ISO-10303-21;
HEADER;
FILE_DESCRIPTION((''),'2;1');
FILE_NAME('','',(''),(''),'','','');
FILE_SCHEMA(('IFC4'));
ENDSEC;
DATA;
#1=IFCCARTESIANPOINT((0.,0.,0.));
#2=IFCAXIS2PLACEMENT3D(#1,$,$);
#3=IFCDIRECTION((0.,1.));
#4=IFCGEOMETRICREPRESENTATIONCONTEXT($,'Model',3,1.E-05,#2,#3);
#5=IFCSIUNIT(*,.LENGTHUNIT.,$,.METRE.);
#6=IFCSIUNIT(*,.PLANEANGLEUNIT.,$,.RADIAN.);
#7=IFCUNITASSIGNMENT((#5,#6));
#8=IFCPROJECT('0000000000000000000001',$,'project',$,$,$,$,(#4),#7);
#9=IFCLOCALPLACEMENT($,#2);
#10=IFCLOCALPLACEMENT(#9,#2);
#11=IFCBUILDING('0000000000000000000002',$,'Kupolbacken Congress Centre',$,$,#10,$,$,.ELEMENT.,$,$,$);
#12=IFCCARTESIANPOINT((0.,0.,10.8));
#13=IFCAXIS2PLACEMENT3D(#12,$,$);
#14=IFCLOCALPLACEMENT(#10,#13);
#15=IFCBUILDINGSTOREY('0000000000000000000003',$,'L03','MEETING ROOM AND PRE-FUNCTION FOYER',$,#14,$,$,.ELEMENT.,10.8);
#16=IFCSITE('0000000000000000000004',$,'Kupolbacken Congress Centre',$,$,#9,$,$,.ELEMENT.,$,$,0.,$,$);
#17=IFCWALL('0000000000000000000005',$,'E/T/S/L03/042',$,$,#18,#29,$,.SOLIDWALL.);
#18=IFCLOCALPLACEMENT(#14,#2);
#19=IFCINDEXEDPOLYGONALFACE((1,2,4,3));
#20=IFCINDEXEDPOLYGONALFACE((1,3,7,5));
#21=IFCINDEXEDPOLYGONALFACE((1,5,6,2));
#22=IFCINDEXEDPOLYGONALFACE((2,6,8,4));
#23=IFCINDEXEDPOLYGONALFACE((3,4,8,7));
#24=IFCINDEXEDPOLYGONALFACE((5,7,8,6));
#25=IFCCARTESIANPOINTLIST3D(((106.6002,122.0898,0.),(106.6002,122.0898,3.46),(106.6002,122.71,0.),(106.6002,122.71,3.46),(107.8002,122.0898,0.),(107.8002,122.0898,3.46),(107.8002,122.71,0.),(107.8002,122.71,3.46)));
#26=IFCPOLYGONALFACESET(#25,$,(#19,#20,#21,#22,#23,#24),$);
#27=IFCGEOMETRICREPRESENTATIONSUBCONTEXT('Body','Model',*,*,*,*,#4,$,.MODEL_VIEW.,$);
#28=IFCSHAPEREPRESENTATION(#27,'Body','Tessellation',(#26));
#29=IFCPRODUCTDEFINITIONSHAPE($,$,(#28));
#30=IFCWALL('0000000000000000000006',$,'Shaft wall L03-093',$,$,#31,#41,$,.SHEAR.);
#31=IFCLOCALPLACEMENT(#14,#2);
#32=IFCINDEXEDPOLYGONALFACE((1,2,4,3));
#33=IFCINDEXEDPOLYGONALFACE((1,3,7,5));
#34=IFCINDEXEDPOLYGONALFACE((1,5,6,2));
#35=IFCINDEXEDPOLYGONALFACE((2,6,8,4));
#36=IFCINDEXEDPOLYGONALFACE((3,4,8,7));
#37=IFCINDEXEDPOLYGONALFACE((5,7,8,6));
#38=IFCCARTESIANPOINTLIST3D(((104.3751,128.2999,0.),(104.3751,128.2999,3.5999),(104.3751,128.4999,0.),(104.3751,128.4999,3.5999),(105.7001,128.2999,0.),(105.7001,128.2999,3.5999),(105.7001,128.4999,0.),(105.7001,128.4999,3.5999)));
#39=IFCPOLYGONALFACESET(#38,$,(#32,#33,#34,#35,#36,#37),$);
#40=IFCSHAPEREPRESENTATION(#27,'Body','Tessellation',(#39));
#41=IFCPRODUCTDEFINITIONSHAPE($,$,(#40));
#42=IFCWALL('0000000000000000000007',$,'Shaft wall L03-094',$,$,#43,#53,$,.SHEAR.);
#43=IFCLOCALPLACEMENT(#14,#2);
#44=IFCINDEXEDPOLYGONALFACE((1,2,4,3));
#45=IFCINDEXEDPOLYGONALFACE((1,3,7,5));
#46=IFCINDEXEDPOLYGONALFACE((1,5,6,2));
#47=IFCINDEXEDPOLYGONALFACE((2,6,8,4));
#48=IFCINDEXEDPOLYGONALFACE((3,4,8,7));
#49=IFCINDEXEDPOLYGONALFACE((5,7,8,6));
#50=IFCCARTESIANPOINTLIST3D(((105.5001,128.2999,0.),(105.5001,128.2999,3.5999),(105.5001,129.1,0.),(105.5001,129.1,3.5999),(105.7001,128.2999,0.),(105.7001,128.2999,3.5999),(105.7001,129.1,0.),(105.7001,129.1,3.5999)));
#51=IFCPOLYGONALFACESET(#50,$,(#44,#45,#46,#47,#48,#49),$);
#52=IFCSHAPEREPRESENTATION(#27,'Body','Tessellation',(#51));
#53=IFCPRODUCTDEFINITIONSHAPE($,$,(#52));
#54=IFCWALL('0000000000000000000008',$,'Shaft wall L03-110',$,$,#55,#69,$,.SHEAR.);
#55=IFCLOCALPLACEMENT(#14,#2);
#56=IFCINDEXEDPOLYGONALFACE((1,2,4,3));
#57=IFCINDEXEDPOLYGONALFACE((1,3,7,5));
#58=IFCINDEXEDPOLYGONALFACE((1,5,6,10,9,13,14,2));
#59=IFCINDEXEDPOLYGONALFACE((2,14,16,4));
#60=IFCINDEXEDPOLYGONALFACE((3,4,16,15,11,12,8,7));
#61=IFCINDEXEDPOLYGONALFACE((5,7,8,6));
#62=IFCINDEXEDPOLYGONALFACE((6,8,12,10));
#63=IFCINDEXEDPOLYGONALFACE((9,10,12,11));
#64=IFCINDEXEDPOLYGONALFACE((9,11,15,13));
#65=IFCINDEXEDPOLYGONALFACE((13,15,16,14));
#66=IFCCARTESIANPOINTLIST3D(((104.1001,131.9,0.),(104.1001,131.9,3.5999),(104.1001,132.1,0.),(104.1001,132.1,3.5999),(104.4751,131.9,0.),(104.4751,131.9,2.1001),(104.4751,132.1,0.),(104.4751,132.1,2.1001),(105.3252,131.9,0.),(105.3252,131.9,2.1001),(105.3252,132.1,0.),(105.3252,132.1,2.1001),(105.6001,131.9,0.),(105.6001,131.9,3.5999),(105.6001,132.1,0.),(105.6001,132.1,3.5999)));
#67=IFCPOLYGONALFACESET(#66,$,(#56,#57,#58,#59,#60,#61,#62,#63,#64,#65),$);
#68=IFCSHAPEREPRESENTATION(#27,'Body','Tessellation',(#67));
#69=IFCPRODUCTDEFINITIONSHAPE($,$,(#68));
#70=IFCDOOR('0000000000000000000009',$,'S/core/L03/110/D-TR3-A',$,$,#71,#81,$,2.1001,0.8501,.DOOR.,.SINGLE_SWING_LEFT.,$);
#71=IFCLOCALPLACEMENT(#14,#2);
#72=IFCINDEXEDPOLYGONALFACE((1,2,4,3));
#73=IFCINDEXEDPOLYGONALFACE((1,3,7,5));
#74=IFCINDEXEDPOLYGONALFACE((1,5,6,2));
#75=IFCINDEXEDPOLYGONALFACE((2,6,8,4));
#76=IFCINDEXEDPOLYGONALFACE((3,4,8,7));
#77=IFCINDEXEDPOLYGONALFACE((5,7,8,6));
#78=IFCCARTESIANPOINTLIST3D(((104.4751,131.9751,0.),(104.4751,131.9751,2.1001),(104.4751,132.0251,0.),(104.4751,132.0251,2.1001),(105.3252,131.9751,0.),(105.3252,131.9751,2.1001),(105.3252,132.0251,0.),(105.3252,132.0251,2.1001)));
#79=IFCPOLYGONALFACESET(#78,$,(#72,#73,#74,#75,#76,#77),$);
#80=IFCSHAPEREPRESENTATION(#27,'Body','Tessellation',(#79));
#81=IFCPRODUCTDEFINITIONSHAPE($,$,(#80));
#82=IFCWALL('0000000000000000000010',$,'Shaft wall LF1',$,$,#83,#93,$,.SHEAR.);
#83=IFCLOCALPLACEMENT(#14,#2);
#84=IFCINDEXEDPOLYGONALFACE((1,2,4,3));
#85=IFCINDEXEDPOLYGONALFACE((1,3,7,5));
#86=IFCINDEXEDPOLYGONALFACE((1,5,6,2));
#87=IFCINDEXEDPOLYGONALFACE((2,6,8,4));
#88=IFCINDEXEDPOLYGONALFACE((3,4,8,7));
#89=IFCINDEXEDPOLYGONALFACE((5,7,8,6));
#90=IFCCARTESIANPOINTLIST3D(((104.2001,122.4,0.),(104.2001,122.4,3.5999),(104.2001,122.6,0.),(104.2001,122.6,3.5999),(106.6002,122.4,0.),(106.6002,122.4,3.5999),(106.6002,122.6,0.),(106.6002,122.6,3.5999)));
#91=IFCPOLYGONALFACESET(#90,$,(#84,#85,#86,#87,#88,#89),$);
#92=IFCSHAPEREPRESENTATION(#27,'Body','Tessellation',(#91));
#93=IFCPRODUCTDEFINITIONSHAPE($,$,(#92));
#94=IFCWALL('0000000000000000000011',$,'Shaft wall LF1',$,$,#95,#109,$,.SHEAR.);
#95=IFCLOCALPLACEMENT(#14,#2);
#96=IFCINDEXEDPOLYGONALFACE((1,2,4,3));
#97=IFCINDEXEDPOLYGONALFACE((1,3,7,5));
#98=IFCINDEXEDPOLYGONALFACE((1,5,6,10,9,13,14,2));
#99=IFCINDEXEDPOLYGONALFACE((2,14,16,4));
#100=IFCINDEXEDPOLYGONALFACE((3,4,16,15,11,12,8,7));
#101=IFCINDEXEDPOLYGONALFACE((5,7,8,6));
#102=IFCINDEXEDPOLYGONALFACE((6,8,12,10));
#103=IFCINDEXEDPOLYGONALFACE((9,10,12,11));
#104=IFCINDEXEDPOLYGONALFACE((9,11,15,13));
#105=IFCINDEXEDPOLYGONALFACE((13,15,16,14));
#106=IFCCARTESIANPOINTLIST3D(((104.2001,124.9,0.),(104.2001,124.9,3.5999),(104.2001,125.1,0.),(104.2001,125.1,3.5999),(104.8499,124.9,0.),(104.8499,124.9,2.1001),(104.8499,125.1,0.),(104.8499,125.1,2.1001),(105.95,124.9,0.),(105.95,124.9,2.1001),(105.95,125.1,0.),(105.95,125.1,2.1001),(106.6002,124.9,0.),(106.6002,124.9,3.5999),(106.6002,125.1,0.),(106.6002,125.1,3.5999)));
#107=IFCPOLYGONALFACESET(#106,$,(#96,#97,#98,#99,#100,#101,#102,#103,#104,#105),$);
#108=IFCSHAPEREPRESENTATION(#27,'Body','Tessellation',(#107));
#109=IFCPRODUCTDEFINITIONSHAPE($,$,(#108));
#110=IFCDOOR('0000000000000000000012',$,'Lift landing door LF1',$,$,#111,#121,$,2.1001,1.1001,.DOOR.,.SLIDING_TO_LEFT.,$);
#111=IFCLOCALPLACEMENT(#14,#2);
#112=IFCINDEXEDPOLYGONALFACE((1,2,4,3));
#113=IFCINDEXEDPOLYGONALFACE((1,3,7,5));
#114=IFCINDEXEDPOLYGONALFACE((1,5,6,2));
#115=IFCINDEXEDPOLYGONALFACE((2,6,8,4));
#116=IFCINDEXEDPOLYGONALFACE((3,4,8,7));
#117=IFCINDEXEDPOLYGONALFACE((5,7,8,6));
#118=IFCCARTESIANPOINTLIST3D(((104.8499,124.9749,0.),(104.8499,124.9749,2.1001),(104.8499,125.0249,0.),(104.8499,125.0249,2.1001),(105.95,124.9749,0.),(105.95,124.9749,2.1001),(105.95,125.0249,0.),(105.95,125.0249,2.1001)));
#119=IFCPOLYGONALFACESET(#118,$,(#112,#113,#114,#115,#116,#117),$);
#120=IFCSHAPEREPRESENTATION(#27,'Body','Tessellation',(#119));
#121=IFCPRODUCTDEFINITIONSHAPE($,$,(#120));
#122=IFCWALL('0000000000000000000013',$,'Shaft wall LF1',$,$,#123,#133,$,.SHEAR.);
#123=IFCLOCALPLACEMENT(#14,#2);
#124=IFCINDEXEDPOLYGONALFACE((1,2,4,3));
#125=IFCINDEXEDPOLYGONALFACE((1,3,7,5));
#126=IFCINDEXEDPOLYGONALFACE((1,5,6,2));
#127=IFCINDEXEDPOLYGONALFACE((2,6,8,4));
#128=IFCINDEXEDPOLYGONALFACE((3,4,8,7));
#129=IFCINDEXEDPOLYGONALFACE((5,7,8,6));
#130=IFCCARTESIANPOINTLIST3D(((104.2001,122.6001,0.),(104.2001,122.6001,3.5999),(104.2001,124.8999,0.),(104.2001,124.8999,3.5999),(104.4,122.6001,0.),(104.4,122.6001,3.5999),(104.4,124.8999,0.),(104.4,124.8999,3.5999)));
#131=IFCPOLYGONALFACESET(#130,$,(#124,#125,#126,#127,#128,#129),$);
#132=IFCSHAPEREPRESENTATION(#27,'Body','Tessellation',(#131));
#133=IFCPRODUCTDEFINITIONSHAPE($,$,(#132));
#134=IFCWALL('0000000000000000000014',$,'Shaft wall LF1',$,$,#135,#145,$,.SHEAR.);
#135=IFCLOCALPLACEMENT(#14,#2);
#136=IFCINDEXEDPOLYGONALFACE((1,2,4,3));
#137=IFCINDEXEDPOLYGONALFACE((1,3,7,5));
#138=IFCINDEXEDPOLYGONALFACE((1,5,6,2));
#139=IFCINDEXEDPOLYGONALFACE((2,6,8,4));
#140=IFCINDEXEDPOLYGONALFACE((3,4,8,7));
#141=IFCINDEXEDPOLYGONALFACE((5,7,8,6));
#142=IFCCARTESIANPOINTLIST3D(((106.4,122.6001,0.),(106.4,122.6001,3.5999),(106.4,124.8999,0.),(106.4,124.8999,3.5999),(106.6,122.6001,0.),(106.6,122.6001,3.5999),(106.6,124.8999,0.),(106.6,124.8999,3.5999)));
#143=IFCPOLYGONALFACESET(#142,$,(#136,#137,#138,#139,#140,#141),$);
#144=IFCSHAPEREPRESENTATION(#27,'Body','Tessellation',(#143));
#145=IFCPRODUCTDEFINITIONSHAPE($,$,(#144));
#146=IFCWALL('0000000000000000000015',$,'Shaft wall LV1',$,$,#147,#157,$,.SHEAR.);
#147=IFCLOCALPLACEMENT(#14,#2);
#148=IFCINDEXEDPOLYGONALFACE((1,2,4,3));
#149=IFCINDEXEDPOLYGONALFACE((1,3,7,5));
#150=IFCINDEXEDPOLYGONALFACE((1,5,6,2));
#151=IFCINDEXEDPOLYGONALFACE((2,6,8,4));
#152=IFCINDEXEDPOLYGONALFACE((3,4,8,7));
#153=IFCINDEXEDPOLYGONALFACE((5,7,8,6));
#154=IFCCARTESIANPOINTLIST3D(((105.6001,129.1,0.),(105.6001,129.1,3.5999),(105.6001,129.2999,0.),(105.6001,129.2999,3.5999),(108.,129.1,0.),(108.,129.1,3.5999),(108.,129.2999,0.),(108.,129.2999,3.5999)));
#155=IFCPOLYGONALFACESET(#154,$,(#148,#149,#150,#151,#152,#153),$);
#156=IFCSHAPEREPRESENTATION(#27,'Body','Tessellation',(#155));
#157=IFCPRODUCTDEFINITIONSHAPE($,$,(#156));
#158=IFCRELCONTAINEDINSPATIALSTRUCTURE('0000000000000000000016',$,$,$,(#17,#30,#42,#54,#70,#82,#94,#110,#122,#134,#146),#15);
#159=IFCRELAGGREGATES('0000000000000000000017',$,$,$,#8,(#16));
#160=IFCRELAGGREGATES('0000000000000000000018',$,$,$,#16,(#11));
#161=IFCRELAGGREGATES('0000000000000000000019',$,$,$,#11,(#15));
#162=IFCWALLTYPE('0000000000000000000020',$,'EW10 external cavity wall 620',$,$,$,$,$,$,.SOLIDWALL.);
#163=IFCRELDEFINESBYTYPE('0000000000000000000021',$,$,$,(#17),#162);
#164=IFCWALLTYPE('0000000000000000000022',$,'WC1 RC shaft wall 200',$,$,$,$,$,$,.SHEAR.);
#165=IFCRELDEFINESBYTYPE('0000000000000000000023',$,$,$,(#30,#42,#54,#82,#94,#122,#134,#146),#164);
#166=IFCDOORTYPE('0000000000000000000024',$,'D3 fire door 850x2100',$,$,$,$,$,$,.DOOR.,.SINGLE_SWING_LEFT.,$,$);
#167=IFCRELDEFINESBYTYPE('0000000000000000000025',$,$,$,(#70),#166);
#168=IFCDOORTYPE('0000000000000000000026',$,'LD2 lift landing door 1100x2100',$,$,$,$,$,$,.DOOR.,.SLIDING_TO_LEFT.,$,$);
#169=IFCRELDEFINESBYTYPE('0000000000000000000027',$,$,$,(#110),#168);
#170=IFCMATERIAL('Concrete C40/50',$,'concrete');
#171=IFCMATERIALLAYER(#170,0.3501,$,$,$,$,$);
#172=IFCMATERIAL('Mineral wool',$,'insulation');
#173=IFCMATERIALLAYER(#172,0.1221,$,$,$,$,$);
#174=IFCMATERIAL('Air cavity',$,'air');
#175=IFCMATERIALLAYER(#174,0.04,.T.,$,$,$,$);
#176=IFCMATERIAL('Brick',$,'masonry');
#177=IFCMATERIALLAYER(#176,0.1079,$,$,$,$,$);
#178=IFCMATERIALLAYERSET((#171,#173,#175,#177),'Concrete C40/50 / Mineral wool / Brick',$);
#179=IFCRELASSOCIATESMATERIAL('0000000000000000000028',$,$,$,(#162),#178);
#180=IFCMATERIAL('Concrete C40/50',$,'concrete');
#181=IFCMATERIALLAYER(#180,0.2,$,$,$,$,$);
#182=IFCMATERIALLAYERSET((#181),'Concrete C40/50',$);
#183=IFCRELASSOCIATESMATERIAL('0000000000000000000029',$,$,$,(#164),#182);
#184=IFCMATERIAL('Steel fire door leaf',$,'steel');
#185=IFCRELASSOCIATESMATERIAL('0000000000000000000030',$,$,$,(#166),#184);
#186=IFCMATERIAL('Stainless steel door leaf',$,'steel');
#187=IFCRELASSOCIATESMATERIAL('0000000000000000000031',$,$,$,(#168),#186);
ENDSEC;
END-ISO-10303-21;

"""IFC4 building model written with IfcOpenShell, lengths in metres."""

from ifc_helpers import new_model, si_unit, direction, frame, frame_2d, origin, place, context, subcontext, project, spatial, rectangle, extrude, material, layer, layer_set, type_object, element, fill, save


model = new_model("IFC4")

# Units and contexts
model_context = context("Model", 3, precision=1e-05, world=origin(), true_north=direction((0.0, 1.0)))
body_context = subcontext(model_context, "Body", "Model", "MODEL_VIEW")
ifc_project = project(units=[si_unit("LENGTHUNIT", "METRE"), si_unit("PLANEANGLEUNIT", "RADIAN")], contexts=[model_context])

# Site, building, storey
site_placement = place(None, origin())
site = spatial("IfcSite", under=ifc_project, at=site_placement, Name="Kupolbacken Congress Centre", CompositionType="ELEMENT", RefElevation=0.0)
building_placement = place(site_placement, origin())
building = spatial("IfcBuilding", under=site, at=building_placement, Name="Kupolbacken Congress Centre", CompositionType="ELEMENT")
storey_placement = place(building_placement, frame((0.0, 0.0, 10.8)))
storey = spatial("IfcBuildingStorey", under=building, at=storey_placement, Name="L03", Description="MEETING ROOM AND PRE-FUNCTION FOYER", CompositionType="ELEMENT", Elevation=10.8)

# Walls
ifc_material_1 = material(Name="Concrete C40/50", Category="concrete")
ifc_layer_1 = layer(ifc_material_1, 0.3501)
ifc_material_2 = material(Name="Mineral wool", Category="insulation")
ifc_layer_2 = layer(ifc_material_2, 0.1221)
ifc_material_3 = material(Name="Air cavity", Category="air")
ifc_layer_3 = layer(ifc_material_3, 0.04, ventilated=True)
ifc_material_4 = material(Name="Brick", Category="masonry")
ifc_layer_4 = layer(ifc_material_4, 0.1079)
ifc_layer_set_1 = layer_set([ifc_layer_1, ifc_layer_2, ifc_layer_3, ifc_layer_4], Name="Concrete C40/50 / Mineral wool / Brick")
wall_type_1 = type_object("IfcWallType", Name="EW10 external cavity wall 620", PredefinedType="SOLIDWALL", material=ifc_layer_set_1)
wall_1_placement = place(storey_placement, frame((106.6001, 122.3999, 0.0), z_axis=(0.0, 0.0, 1.0), x_axis=(1.0, 0.0, 0.0)))
element("IfcWall", 1, at=wall_1_placement, inside=storey, type_object=wall_type_1, Name="E/T/S/L03/042", PredefinedType="SOLIDWALL", context=body_context, shape_type="SweptSolid", body=[
    extrude(rectangle(XDim=1.2, YDim=0.6201, at=frame_2d((0.6001, 0.0))), origin(), (0.0, 0.0, 1.0), 3.46),
])
ifc_material_5 = material(Name="Concrete C40/50", Category="concrete")
ifc_layer_5 = layer(ifc_material_5, 0.2)
ifc_layer_set_2 = layer_set([ifc_layer_5], Name="Concrete C40/50")
wall_type_2 = type_object("IfcWallType", Name="WC1 RC shaft wall 200", PredefinedType="SHEAR", material=ifc_layer_set_2)
wall_2_placement = place(storey_placement, frame((104.375, 128.3999, 0.0), z_axis=(0.0, 0.0, 1.0), x_axis=(1.0, 0.0, 0.0)))
element("IfcWall", 2, at=wall_2_placement, inside=storey, type_object=wall_type_2, Name="Shaft wall L03-093", PredefinedType="SHEAR", context=body_context, shape_type="SweptSolid", body=[
    extrude(rectangle(XDim=1.325, YDim=0.2, at=frame_2d((0.6626, 0.0))), origin(), (0.0, 0.0, 1.0), 3.5999),
])
wall_3_placement = place(storey_placement, frame((105.6001, 128.3, 0.0), z_axis=(0.0, 0.0, 1.0), x_axis=(0.0, 1.0, 0.0)))
element("IfcWall", 3, at=wall_3_placement, inside=storey, type_object=wall_type_2, Name="Shaft wall L03-094", PredefinedType="SHEAR", context=body_context, shape_type="SweptSolid", body=[
    extrude(rectangle(XDim=0.8, YDim=0.2, at=frame_2d((0.3999, 0.0))), origin(), (0.0, 0.0, 1.0), 3.5999),
])

# Wall, opening, door
wall_4_placement = place(storey_placement, frame((105.6001, 132.0, 0.0), z_axis=(0.0, 0.0, 1.0), x_axis=(-1.0, 0.0, 0.0)))
wall_4 = element("IfcWall", 4, at=wall_4_placement, inside=storey, type_object=wall_type_2, Name="Shaft wall L03-110", PredefinedType="SHEAR", context=body_context, shape_type="SweptSolid", body=[
    extrude(rectangle(XDim=1.5, YDim=0.2, at=frame_2d((0.75, 0.0))), origin(), (0.0, 0.0, 1.0), 3.5999),
])
opening_1_placement = place(wall_4_placement, frame((0.2749, 0.0, 0.0)))
opening_1 = element("IfcOpeningElement", 5, at=opening_1_placement, cuts=wall_4, PredefinedType="OPENING", context=body_context, shape_type="SweptSolid", body=[
    extrude(rectangle(XDim=0.8501, YDim=2.1001, at=frame_2d((0.425, 1.05))), frame((0.0, 0.1099, 0.0), z_axis=(0.0, -1.0, 0.0), x_axis=(1.0, 0.0, 0.0)), (0.0, 0.0, 1.0), 0.22),
])
ifc_material_6 = material(Name="Steel fire door leaf", Category="steel")
door_type_1 = type_object("IfcDoorType", Name="D3 fire door 850x2100", OperationType="SINGLE_SWING_LEFT", PredefinedType="DOOR", material=ifc_material_6)
door_1_placement = place(opening_1_placement, origin())
door_1 = element("IfcDoor", 6, at=door_1_placement, inside=storey, type_object=door_type_1, Name="S/core/L03/110/D-TR3-A", OperationType="SINGLE_SWING_LEFT", OverallHeight=2.1001, OverallWidth=0.8501, PredefinedType="DOOR", context=body_context, shape_type="SweptSolid", body=[
    extrude(rectangle(XDim=0.8501, YDim=2.1001, at=frame_2d((0.425, 1.05))), frame((0.0, 0.0249, 0.0), z_axis=(0.0, -1.0, 0.0), x_axis=(1.0, 0.0, 0.0)), (0.0, 0.0, 1.0), 0.05),
])
fill(opening_1, door_1)

# Wall
wall_5_placement = place(storey_placement, frame((104.2, 122.5, 0.0), z_axis=(0.0, 0.0, 1.0), x_axis=(1.0, 0.0, 0.0)))
element("IfcWall", 7, at=wall_5_placement, inside=storey, type_object=wall_type_2, Name="Shaft wall LF1", PredefinedType="SHEAR", context=body_context, shape_type="SweptSolid", body=[
    extrude(rectangle(XDim=2.4001, YDim=0.2, at=frame_2d((1.2002, 0.0))), origin(), (0.0, 0.0, 1.0), 3.5999),
])

# Wall, opening, door
wall_6_placement = place(storey_placement, frame((104.2, 125.0, 0.0), z_axis=(0.0, 0.0, 1.0), x_axis=(1.0, 0.0, 0.0)))
wall_6 = element("IfcWall", 8, at=wall_6_placement, inside=storey, type_object=wall_type_2, Name="Shaft wall LF1", PredefinedType="SHEAR", context=body_context, shape_type="SweptSolid", body=[
    extrude(rectangle(XDim=2.4001, YDim=0.2, at=frame_2d((1.2002, 0.0))), origin(), (0.0, 0.0, 1.0), 3.5999),
])
opening_2_placement = place(wall_6_placement, frame((0.6499, 0.0, 0.0)))
opening_2 = element("IfcOpeningElement", 9, at=opening_2_placement, cuts=wall_6, PredefinedType="OPENING", context=body_context, shape_type="SweptSolid", body=[
    extrude(rectangle(XDim=1.1001, YDim=2.1001, at=frame_2d((0.55, 1.05))), frame((0.0, 0.1099, 0.0), z_axis=(0.0, -1.0, 0.0), x_axis=(1.0, 0.0, 0.0)), (0.0, 0.0, 1.0), 0.22),
])
ifc_material_7 = material(Name="Stainless steel door leaf", Category="steel")
door_type_2 = type_object("IfcDoorType", Name="LD2 lift landing door 1100x2100", OperationType="SLIDING_TO_LEFT", PredefinedType="DOOR", material=ifc_material_7)
door_2_placement = place(opening_2_placement, origin())
door_2 = element("IfcDoor", 10, at=door_2_placement, inside=storey, type_object=door_type_2, Name="Lift landing door LF1", OperationType="SLIDING_TO_LEFT", OverallHeight=2.1001, OverallWidth=1.1001, PredefinedType="DOOR", context=body_context, shape_type="SweptSolid", body=[
    extrude(rectangle(XDim=1.1001, YDim=2.1001, at=frame_2d((0.55, 1.05))), frame((0.0, 0.0249, 0.0), z_axis=(0.0, -1.0, 0.0), x_axis=(1.0, 0.0, 0.0)), (0.0, 0.0, 1.0), 0.05),
])
fill(opening_2, door_2)

# Walls
for number, where, z_axis, x_axis, name in (
    (11, (104.3, 122.6001, 0.0), (0.0, 0.0, 1.0), (0.0, 1.0, 0.0), "Shaft wall LF1"),
    (12, (106.5, 122.6001, 0.0), (0.0, 0.0, 1.0), (0.0, 1.0, 0.0), "Shaft wall LF1"),
):
    element("IfcWall", number, at=place(storey_placement, frame(where, z_axis=z_axis, x_axis=x_axis)), inside=storey, type_object=wall_type_2, Name=name, PredefinedType="SHEAR", context=body_context, shape_type="SweptSolid", body=[
        extrude(rectangle(XDim=2.2998, YDim=0.2, at=frame_2d((1.1499, 0.0))), origin(), (0.0, 0.0, 1.0), 3.5999),
    ])
wall_7_placement = place(storey_placement, frame((105.6001, 129.2, 0.0), z_axis=(0.0, 0.0, 1.0), x_axis=(1.0, 0.0, 0.0)))
element("IfcWall", 13, at=wall_7_placement, inside=storey, type_object=wall_type_2, Name="Shaft wall LV1", PredefinedType="SHEAR", context=body_context, shape_type="SweptSolid", body=[
    extrude(rectangle(XDim=2.3999, YDim=0.2, at=frame_2d((1.2, 0.0))), origin(), (0.0, 0.0, 1.0), 3.5999),
])

save(model, "model.ifc")
